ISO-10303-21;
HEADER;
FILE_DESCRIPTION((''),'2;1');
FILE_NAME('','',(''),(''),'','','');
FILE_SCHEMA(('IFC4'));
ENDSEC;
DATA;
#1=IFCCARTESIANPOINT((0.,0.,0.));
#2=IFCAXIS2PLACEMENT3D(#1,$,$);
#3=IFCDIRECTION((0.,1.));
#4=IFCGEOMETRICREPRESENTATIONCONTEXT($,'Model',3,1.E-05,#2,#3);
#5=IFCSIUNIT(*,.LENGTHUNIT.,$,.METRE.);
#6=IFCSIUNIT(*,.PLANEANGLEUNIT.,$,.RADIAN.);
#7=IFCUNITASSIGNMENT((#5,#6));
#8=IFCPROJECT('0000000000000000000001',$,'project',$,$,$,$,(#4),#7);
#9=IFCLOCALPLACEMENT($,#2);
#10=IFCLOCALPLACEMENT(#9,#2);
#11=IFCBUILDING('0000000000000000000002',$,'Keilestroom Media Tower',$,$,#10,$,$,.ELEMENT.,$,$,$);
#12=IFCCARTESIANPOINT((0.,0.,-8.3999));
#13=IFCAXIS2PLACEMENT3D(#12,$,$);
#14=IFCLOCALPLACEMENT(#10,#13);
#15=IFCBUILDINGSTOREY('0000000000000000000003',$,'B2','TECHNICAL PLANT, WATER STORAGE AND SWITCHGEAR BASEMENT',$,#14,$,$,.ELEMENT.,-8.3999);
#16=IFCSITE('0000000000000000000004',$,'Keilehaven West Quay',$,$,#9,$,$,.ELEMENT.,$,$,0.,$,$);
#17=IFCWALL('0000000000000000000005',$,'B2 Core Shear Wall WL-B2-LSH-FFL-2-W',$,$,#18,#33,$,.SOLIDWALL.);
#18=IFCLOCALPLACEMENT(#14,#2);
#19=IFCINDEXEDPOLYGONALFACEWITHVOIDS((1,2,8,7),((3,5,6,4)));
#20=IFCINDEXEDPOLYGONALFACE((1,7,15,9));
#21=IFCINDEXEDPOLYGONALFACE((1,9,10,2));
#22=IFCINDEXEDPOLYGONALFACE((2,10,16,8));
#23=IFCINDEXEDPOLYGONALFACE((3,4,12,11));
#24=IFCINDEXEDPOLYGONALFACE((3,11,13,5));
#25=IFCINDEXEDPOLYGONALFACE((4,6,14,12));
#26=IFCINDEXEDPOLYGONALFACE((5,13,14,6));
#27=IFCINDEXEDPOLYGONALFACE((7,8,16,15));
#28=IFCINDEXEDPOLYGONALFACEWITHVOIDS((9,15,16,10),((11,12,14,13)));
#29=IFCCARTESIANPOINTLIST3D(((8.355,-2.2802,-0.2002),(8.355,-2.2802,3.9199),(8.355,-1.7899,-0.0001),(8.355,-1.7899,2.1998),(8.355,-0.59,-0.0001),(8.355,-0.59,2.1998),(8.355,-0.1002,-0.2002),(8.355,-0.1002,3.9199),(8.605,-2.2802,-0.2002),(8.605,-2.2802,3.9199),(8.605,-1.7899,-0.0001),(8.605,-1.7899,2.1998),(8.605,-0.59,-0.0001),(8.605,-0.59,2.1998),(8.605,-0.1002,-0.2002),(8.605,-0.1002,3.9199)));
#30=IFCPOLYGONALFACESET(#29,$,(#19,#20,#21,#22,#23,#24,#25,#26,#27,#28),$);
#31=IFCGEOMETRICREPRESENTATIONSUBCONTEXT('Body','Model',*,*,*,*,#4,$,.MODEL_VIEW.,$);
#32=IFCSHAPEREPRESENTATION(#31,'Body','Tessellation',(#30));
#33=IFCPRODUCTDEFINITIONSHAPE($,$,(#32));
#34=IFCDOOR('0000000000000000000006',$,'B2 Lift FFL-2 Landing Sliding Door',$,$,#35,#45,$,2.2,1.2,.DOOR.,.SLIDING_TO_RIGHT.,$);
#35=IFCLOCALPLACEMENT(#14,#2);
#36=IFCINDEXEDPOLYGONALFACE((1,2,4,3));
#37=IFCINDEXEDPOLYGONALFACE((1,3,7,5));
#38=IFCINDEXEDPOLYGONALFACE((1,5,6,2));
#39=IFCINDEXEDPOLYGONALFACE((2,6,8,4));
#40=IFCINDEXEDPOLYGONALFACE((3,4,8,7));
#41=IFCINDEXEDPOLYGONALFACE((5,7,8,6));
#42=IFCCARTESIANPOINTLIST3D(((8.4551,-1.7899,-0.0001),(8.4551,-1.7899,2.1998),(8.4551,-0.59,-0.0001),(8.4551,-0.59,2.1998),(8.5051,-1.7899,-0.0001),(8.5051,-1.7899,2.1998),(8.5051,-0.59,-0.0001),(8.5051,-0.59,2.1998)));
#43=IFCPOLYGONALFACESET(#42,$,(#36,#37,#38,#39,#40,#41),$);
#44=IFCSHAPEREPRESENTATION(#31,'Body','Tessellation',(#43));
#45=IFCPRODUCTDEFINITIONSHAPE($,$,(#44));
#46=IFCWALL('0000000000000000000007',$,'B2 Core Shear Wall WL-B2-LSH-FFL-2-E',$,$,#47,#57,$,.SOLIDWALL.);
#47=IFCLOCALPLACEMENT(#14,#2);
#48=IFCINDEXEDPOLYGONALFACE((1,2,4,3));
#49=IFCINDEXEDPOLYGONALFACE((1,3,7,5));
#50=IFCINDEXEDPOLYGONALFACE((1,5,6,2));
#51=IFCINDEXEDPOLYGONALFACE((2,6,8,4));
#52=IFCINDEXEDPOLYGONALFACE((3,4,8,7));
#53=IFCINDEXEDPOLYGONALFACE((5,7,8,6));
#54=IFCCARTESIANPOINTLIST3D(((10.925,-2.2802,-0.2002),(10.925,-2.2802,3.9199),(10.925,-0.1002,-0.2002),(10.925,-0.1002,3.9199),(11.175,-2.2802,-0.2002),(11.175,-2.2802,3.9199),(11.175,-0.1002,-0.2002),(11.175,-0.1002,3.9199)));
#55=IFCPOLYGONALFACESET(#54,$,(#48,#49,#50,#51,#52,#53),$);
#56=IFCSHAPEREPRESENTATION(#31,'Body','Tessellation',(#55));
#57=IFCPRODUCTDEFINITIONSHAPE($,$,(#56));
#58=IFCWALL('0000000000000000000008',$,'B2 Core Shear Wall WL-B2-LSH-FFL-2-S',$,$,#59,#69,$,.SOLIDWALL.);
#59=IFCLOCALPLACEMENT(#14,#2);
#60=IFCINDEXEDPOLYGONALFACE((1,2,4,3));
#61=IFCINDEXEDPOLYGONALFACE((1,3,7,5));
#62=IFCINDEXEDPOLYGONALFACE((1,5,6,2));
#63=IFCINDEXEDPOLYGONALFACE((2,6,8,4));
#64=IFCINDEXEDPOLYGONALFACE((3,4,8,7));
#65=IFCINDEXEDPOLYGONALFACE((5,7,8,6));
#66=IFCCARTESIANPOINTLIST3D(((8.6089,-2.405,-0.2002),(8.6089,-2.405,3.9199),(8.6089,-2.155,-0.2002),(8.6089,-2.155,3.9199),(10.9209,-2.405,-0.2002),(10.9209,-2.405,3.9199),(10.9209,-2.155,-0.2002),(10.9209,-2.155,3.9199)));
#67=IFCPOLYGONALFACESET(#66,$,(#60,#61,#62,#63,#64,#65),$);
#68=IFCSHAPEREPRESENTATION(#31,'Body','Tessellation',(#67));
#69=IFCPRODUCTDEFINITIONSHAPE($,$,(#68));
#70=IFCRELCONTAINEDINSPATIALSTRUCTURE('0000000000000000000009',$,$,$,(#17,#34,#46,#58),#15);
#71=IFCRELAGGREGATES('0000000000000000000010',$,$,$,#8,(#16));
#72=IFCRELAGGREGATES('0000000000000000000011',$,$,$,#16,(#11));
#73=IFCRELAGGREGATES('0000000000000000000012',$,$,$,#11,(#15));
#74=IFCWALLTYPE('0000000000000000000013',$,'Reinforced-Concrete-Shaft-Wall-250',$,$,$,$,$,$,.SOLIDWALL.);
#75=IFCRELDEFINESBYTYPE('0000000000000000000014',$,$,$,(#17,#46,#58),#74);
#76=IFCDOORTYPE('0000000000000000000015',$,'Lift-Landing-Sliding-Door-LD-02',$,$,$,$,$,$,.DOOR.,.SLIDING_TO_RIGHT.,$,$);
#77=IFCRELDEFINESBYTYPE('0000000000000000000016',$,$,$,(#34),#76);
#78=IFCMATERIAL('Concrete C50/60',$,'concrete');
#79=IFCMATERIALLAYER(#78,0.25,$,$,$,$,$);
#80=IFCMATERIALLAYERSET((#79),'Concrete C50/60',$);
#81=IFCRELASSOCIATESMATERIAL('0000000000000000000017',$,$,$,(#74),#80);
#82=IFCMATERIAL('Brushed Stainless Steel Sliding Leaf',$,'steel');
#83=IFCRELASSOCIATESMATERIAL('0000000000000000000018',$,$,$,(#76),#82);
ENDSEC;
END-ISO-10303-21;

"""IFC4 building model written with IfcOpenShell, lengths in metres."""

from ifc_helpers import new_model, si_unit, direction, frame, frame_2d, origin, place, context, subcontext, project, spatial, rectangle, extrude, source, transform, mapped, material, layer, layer_set, type_object, element, fill, save


model = new_model("IFC4")

# Units and contexts
model_context = context("Model", 3, precision=1e-05, world=origin(), true_north=direction((0.0, 1.0)))
body_context = subcontext(model_context, "Body", "Model", "MODEL_VIEW")
ifc_project = project(units=[si_unit("LENGTHUNIT", "METRE"), si_unit("PLANEANGLEUNIT", "RADIAN")], contexts=[model_context])

# Site, building, storey
site_placement = place(None, origin())
site = spatial("IfcSite", under=ifc_project, at=site_placement, Name="Keilehaven West Quay", CompositionType="ELEMENT", RefElevation=0.0)
building_placement = place(site_placement, origin())
building = spatial("IfcBuilding", under=site, at=building_placement, Name="Keilestroom Media Tower", CompositionType="ELEMENT")
storey_placement = place(building_placement, frame((0.0, 0.0, -8.3999)))
storey = spatial("IfcBuildingStorey", under=building, at=storey_placement, Name="B2", Description="TECHNICAL PLANT, WATER STORAGE AND SWITCHGEAR BASEMENT", CompositionType="ELEMENT", Elevation=-8.3999)

# Wall, opening, door
ifc_material_1 = material(Name="Concrete C50/60", Category="concrete")
ifc_layer_1 = layer(ifc_material_1, 0.25)
ifc_layer_set_1 = layer_set([ifc_layer_1], Name="Concrete C50/60")
wall_type_1 = type_object("IfcWallType", Name="Reinforced-Concrete-Shaft-Wall-250", PredefinedType="SOLIDWALL", material=ifc_layer_set_1)
wall_1_placement = place(storey_placement, frame((8.48, -2.28, -0.2002), z_axis=(0.0, 0.0, 1.0), x_axis=(0.0, 1.0, 0.0)))
wall_1 = element("IfcWall", 1, at=wall_1_placement, inside=storey, type_object=wall_type_1, Name="B2 Core Shear Wall WL-B2-LSH-FFL-2-W", PredefinedType="SOLIDWALL", context=body_context, shape_type="SweptSolid", body=[
    extrude(rectangle(XDim=2.1799, YDim=0.25, at=frame_2d((1.0898, 0.0))), origin(), (0.0, 0.0, 1.0), 4.1201),
])
opening_placement = place(wall_1_placement, frame((0.49, 0.0, 0.2)))
opening = element("IfcOpeningElement", 2, at=opening_placement, cuts=wall_1, PredefinedType="OPENING", context=body_context, shape_type="SweptSolid", body=[
    extrude(rectangle(XDim=1.2, YDim=2.2, at=frame_2d((0.6001, 1.1001))), frame((0.0, 0.135, 0.0), z_axis=(0.0, -1.0, 0.0), x_axis=(1.0, 0.0, 0.0)), (0.0, 0.0, 1.0), 0.27),
])
ifc_material_2 = material(Name="Brushed Stainless Steel Sliding Leaf", Category="steel")
door_type = type_object("IfcDoorType", Name="Lift-Landing-Sliding-Door-LD-02", OperationType="SLIDING_TO_RIGHT", PredefinedType="DOOR", material=ifc_material_2)
shared_shape_1 = source(origin(), body_context, "Body", "SweptSolid", [
    extrude(rectangle(XDim=1.2, YDim=2.2, at=frame_2d((0.6001, 1.1001))), frame((0.0, 0.0249, 0.0), z_axis=(0.0, -1.0, 0.0), x_axis=(1.0, 0.0, 0.0)), (0.0, 0.0, 1.0), 0.05),
])
door_placement = place(opening_placement, origin())
door = element("IfcDoor", 3, at=door_placement, inside=storey, type_object=door_type, Name="B2 Lift FFL-2 Landing Sliding Door", OperationType="SLIDING_TO_RIGHT", OverallHeight=2.2, OverallWidth=1.2, PredefinedType="DOOR", context=body_context, shape_type="MappedRepresentation", body=[
    mapped(shared_shape_1, transform((0.0, 0.0, 0.0), x_axis=(1.0, 0.0, 0.0), y_axis=(0.0, 1.0, 0.0), z_axis=(0.0, 0.0, 1.0), scale=1.0)),
])
fill(opening, door)

# Walls
wall_2_placement = place(storey_placement, frame((11.05, -2.28, -0.2002), z_axis=(0.0, 0.0, 1.0), x_axis=(0.0, 1.0, 0.0)))
element("IfcWall", 4, at=wall_2_placement, inside=storey, type_object=wall_type_1, Name="B2 Core Shear Wall WL-B2-LSH-FFL-2-E", PredefinedType="SOLIDWALL", context=body_context, shape_type="SweptSolid", body=[
    extrude(rectangle(XDim=2.1799, YDim=0.25, at=frame_2d((1.0898, 0.0))), origin(), (0.0, 0.0, 1.0), 4.1201),
])
wall_3_placement = place(storey_placement, frame((8.6089, -2.28, -0.2002), z_axis=(0.0, 0.0, 1.0), x_axis=(1.0, 0.0, 0.0)))
element("IfcWall", 5, at=wall_3_placement, inside=storey, type_object=wall_type_1, Name="B2 Core Shear Wall WL-B2-LSH-FFL-2-S", PredefinedType="SOLIDWALL", context=body_context, shape_type="SweptSolid", body=[
    extrude(rectangle(XDim=2.312, YDim=0.25, at=frame_2d((1.156, 0.0))), origin(), (0.0, 0.0, 1.0), 4.1201),
])

save(model, "model.ifc")
